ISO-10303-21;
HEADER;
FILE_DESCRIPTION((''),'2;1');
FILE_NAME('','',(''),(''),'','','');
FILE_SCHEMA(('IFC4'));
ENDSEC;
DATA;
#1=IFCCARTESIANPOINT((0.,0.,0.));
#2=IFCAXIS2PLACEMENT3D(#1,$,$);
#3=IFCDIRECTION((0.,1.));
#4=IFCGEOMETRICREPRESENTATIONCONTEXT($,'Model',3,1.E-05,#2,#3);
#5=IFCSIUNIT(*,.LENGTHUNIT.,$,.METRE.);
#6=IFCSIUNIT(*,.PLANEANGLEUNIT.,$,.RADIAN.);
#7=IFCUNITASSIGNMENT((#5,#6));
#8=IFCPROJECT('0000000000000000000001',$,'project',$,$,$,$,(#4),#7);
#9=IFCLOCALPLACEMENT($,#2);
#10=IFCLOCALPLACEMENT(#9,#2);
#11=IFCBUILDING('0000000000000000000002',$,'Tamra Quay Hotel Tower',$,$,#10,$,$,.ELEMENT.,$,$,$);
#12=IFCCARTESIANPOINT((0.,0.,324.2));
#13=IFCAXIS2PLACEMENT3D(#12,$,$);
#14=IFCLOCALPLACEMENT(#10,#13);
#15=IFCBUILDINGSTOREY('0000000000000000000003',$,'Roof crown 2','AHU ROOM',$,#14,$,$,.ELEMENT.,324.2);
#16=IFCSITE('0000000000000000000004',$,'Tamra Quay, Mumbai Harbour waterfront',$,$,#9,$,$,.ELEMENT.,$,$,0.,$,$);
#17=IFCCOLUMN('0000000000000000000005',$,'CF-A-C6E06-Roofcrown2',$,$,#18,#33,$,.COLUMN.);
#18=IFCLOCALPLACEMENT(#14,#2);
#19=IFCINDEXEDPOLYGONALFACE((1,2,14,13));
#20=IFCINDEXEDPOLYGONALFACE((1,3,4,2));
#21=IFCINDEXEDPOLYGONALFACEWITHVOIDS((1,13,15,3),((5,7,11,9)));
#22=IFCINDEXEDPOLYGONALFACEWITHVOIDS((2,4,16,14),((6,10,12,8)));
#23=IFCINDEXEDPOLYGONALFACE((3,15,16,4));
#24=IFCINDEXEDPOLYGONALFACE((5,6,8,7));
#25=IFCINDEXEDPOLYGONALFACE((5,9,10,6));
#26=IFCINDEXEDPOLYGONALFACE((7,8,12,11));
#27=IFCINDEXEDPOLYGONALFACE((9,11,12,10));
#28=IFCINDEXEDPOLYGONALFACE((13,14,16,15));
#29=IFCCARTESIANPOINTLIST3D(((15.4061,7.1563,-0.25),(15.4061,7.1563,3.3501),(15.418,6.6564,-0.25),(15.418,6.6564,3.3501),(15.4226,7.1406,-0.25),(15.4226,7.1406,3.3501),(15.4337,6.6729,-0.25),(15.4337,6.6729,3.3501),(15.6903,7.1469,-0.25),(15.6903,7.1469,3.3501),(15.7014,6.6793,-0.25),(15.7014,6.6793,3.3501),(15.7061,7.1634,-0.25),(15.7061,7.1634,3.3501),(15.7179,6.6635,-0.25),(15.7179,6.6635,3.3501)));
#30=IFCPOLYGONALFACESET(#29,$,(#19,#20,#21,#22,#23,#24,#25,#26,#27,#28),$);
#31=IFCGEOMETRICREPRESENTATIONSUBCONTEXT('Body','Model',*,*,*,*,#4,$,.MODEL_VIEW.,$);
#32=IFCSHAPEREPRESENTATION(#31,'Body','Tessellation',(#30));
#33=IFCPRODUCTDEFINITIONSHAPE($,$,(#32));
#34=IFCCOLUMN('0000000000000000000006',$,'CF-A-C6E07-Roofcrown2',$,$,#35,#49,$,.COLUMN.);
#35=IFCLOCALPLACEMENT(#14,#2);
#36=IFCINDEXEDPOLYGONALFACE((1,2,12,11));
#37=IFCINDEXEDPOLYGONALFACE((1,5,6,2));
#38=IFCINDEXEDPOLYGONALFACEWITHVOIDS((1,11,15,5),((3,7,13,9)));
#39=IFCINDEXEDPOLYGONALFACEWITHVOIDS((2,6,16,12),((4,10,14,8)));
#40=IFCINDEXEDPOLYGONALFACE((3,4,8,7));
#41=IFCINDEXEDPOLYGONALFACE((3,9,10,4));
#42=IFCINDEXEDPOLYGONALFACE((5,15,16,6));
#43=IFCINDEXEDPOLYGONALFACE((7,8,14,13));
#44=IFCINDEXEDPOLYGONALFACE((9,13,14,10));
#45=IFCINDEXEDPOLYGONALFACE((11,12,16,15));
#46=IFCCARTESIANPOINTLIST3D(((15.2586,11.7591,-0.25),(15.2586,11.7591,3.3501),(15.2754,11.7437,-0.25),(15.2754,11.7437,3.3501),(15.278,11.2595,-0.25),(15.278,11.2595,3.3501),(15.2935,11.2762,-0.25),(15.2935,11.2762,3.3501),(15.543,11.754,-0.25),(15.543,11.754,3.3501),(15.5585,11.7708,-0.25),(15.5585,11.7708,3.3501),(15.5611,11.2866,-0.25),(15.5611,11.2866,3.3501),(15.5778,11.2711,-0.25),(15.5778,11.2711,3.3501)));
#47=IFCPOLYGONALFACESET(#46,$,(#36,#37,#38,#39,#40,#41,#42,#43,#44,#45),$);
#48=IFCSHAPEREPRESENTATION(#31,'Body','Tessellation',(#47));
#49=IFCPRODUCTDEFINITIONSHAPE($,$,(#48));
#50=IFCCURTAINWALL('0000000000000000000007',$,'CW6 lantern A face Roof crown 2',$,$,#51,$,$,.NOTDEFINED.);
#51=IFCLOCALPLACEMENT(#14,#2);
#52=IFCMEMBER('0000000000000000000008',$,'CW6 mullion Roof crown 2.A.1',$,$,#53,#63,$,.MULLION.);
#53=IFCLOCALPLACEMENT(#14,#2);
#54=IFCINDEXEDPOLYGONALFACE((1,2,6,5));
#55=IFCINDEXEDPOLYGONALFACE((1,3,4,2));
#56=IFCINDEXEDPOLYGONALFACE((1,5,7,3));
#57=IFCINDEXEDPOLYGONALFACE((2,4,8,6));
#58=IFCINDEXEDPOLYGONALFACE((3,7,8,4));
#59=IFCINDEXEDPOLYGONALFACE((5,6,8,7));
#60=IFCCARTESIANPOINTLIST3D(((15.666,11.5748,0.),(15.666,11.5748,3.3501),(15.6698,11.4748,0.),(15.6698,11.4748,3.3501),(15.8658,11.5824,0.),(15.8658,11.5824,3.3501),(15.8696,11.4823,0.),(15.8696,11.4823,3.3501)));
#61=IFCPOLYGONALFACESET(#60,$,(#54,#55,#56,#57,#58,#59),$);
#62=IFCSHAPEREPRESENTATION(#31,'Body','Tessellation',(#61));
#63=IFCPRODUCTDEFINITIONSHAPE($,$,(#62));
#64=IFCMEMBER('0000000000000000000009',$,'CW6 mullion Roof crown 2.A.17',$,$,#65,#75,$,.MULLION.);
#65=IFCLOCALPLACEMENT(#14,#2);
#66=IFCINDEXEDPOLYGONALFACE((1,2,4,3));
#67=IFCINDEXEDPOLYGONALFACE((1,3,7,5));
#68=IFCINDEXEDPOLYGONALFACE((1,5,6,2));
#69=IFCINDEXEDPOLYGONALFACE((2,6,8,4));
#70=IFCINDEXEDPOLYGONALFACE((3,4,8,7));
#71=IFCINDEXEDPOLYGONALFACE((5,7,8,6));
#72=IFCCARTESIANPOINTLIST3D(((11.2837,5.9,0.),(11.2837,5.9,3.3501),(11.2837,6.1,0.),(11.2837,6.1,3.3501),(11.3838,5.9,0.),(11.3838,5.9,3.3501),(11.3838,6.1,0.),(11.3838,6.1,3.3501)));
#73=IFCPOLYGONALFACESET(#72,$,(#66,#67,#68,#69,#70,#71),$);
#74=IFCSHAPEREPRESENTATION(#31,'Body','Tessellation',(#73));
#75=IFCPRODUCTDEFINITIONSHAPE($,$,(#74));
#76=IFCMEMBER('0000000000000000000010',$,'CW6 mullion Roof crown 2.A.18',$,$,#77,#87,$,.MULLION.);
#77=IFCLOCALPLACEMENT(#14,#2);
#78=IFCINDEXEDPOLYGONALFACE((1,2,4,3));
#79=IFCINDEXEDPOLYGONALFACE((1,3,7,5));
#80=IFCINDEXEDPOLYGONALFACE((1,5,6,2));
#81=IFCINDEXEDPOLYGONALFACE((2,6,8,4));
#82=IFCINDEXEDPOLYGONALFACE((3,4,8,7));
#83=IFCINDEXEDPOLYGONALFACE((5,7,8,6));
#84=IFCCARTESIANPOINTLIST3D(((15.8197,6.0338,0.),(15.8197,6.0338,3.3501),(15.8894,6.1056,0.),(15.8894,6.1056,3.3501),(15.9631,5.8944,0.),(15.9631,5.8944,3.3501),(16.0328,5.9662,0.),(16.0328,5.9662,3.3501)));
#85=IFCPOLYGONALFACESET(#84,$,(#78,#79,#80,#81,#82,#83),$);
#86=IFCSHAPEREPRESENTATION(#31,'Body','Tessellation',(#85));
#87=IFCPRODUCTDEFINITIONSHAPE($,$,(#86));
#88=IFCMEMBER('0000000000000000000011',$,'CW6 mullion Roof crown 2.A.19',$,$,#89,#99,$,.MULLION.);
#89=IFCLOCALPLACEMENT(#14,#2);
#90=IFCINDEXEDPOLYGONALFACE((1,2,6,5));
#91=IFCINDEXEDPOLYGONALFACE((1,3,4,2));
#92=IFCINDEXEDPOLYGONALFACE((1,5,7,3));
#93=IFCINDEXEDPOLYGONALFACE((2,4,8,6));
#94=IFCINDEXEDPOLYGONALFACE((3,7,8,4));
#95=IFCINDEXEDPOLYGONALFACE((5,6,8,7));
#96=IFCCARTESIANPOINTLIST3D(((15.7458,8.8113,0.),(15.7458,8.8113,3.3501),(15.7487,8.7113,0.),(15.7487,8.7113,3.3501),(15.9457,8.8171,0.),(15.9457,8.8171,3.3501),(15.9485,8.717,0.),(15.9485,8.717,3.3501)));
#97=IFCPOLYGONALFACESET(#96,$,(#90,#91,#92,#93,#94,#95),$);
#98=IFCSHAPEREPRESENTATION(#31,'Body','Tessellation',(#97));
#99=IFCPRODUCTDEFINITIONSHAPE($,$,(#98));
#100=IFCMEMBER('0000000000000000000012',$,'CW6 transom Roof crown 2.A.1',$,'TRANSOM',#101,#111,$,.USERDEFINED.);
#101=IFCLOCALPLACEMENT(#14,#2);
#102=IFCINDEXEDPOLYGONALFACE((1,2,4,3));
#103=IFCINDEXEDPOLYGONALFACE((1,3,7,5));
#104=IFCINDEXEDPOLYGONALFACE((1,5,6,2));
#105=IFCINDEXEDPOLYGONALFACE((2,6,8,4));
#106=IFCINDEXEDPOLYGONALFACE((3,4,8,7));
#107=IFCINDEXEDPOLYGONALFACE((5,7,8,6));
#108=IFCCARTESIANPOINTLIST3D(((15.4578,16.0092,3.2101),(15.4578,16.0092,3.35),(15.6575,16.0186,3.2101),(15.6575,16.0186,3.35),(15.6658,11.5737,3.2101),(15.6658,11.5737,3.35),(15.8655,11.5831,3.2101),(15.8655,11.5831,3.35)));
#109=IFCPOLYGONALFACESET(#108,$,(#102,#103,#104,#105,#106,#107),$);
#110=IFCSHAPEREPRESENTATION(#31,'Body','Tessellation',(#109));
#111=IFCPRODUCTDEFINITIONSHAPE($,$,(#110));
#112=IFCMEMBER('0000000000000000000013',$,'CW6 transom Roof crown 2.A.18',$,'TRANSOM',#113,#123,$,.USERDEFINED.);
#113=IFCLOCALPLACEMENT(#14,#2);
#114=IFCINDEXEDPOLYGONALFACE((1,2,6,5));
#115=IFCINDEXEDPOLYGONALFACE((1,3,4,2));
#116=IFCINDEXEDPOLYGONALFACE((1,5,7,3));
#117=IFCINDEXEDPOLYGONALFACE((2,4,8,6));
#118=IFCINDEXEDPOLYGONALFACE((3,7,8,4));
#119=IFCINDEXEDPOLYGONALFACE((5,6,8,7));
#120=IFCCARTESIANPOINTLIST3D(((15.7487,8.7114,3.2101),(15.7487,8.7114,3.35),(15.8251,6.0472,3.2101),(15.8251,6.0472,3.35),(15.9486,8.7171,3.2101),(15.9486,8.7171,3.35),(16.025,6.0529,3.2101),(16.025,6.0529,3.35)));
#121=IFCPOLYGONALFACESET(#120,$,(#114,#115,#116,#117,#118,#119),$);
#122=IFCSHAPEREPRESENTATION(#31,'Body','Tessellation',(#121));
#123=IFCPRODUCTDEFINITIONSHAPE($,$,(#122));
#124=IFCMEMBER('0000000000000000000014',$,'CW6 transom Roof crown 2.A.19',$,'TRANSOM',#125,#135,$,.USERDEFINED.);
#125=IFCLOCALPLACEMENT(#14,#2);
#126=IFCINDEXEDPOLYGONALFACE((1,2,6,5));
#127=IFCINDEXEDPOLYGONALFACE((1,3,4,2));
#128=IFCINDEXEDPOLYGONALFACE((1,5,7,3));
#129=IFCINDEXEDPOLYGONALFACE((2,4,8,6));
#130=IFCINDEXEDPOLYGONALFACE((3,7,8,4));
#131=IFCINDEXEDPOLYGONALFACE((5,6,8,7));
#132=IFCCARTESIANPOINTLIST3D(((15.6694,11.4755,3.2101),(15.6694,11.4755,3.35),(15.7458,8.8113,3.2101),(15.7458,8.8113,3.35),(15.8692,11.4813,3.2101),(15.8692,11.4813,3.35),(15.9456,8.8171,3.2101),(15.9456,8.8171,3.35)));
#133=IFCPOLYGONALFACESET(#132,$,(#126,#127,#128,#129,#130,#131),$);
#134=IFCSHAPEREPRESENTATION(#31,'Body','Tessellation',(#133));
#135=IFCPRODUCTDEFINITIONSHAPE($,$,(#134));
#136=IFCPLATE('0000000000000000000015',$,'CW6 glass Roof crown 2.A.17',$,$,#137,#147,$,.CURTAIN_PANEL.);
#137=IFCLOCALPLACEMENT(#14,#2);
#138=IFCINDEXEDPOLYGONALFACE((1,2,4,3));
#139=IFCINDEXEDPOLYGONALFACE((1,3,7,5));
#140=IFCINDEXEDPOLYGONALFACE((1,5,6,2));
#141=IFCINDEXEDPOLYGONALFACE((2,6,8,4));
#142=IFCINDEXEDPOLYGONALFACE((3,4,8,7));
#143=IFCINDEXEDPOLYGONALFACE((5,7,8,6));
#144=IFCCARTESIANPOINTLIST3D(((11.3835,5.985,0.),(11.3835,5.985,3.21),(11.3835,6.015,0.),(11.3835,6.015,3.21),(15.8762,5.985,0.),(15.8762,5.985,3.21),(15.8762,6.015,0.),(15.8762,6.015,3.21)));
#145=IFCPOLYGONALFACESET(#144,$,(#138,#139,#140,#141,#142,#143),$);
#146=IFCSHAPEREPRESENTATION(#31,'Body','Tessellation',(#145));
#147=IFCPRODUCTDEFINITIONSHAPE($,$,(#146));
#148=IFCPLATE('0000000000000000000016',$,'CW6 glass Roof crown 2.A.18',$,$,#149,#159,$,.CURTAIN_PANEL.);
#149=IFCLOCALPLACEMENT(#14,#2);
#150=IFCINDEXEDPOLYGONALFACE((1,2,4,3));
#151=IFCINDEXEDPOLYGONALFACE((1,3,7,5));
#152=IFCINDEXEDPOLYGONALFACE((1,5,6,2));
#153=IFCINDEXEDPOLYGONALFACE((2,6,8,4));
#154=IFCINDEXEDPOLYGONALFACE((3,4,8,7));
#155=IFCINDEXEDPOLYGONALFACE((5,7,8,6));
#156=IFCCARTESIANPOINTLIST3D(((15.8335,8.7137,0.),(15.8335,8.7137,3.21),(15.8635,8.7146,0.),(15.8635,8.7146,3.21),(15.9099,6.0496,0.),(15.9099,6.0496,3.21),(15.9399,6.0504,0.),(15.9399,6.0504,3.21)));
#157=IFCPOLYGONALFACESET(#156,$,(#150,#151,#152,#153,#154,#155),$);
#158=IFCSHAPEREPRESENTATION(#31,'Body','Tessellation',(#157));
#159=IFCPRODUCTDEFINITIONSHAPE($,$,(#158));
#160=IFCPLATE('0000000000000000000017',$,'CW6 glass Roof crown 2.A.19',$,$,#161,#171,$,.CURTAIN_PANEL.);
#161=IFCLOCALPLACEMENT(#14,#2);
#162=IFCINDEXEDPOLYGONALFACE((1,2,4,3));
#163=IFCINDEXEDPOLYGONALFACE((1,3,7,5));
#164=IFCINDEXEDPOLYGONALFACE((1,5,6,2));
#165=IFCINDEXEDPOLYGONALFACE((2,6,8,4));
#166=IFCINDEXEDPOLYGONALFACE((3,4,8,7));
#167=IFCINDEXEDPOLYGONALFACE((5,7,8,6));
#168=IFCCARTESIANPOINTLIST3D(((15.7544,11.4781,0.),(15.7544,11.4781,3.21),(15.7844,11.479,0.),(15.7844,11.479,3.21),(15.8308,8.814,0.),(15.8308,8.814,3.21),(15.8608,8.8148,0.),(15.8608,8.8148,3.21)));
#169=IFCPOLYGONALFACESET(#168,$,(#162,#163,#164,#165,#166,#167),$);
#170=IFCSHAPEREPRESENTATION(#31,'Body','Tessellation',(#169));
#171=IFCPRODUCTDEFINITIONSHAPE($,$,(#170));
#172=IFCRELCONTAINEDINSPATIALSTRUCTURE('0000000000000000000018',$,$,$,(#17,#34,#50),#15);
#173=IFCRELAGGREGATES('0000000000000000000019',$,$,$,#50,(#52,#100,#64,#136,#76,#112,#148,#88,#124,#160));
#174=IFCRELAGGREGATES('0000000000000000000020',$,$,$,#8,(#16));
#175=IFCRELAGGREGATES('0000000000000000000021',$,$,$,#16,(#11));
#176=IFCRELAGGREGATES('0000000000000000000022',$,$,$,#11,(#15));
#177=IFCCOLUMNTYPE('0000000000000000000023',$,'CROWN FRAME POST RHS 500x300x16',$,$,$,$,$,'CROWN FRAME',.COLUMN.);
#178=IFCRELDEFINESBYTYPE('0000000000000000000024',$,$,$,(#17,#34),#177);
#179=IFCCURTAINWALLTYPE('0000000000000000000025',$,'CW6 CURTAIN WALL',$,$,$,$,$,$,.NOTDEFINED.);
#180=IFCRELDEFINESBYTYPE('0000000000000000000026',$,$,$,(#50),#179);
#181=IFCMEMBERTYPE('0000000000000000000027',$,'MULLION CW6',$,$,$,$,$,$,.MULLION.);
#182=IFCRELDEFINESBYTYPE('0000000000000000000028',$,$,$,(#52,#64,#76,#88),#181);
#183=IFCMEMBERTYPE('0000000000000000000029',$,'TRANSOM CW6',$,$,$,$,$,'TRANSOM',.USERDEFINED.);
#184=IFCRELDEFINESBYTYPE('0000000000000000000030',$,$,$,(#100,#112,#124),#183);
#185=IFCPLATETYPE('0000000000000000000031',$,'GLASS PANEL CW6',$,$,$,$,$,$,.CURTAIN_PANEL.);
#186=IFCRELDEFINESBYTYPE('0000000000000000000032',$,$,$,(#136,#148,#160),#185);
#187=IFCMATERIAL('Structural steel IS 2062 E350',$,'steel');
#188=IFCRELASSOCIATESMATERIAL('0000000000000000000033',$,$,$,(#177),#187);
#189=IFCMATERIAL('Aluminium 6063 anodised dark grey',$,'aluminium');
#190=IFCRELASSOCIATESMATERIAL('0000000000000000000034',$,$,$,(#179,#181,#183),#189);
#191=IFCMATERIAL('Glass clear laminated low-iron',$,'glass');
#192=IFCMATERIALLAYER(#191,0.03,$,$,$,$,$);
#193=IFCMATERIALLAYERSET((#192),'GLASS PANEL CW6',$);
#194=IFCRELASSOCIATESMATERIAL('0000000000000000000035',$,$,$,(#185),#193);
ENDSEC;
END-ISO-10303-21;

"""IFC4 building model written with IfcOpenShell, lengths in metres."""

from ifc_helpers import new_model, si_unit, direction, frame, origin, origin_2d, place, context, subcontext, project, spatial, rectangle, hollow_rectangle, extrude, material, layer, layer_set, material_profile, profile_set, type_object, element, aggregate, save


model = new_model("IFC4")

# Units and contexts
model_context = context("Model", 3, precision=1e-05, world=origin(), true_north=direction((0.0, 1.0)))
body_context = subcontext(model_context, "Body", "Model", "MODEL_VIEW")
ifc_project = project(units=[si_unit("LENGTHUNIT", "METRE"), si_unit("PLANEANGLEUNIT", "RADIAN")], contexts=[model_context])

# Site, building, storey
site_placement = place(None, origin())
site = spatial("IfcSite", under=ifc_project, at=site_placement, Name="Tamra Quay, Mumbai Harbour waterfront", CompositionType="ELEMENT", RefElevation=0.0)
building_placement = place(site_placement, origin())
building = spatial("IfcBuilding", under=site, at=building_placement, Name="Tamra Quay Hotel Tower", CompositionType="ELEMENT")
storey_placement = place(building_placement, frame((0.0, 0.0, 324.2)))
storey = spatial("IfcBuildingStorey", under=building, at=storey_placement, Name="Roof crown 2", Description="AHU ROOM", CompositionType="ELEMENT", Elevation=324.2)

# Columns
ifc_material_1 = material(Name="Structural steel IS 2062 E350", Category="steel")
ifc_material_profile_1 = material_profile(ifc_material_1, hollow_rectangle(XDim=0.3, YDim=0.5, WallThickness=0.0161, at=origin_2d()), Name="RHS 500x300x16")
ifc_profile_set_1 = profile_set([ifc_material_profile_1], Name="Structural steel IS 2062 E350")
column_type = type_object("IfcColumnType", Name="CROWN FRAME POST RHS 500x300x16", ElementType="CROWN FRAME", PredefinedType="COLUMN", material=ifc_profile_set_1)
for number, where, z_axis, x_axis, name in (
    (1, (15.562, 6.9099, -0.25), (0.0, 0.0, 1.0), (0.999718, 0.023753, 0.0), "CF-A-C6E06-Roofcrown2"),
    (2, (15.4182, 11.5151, -0.25), (0.0, 0.0, 1.0), (0.999251, 0.038691, 0.0), "CF-A-C6E07-Roofcrown2"),
):
    element("IfcColumn", number, at=place(storey_placement, frame(where, z_axis=z_axis, x_axis=x_axis)), inside=storey, type_object=column_type, Name=name, PredefinedType="COLUMN", context=body_context, shape_type="SweptSolid", body=[
        extrude(hollow_rectangle(XDim=0.3, YDim=0.5, WallThickness=0.0161, at=origin_2d()), origin(), (0.0, 0.0, 1.0), 3.6001),
    ])

# Curtain wall, members, plates
ifc_material_2 = material(Name="Aluminium 6063 anodised dark grey", Category="aluminium")
curtain_wall_type = type_object("IfcCurtainWallType", Name="CW6 CURTAIN WALL", PredefinedType="NOTDEFINED", material=ifc_material_2)
curtain_wall_placement = place(storey_placement, origin())
curtain_wall = element("IfcCurtainWall", 3, at=curtain_wall_placement, inside=storey, type_object=curtain_wall_type, Name="CW6 lantern A face Roof crown 2", PredefinedType="NOTDEFINED")
ifc_material_profile_2 = material_profile(ifc_material_2, rectangle(XDim=0.2, YDim=0.1001, at=origin_2d()), Name="MULLION 100X200")
ifc_profile_set_2 = profile_set([ifc_material_profile_2], Name="Aluminium 6063 anodised dark grey")
member_type_1 = type_object("IfcMemberType", Name="MULLION CW6", PredefinedType="MULLION", material=ifc_profile_set_2)
member_1_placement = place(storey_placement, frame((15.7678, 11.5286, 0.0), z_axis=(0.0, 0.0, 1.0), x_axis=(0.999288, 0.037737, 0.0)))
member_1 = element("IfcMember", 4, at=member_1_placement, type_object=member_type_1, Name="CW6 mullion Roof crown 2.A.1", PredefinedType="MULLION", context=body_context, shape_type="SweptSolid", body=[
    extrude(rectangle(XDim=0.2, YDim=0.1001, at=origin_2d()), origin(), (0.0, 0.0, 1.0), 3.3501),
])
member_2_placement = place(storey_placement, frame((11.3337, 6.0, 0.0), z_axis=(0.0, 0.0, 1.0), x_axis=(0.0, -1.0, 0.0)))
member_2 = element("IfcMember", 5, at=member_2_placement, type_object=member_type_1, Name="CW6 mullion Roof crown 2.A.17", PredefinedType="MULLION", context=body_context, shape_type="SweptSolid", body=[
    extrude(rectangle(XDim=0.2, YDim=0.1001, at=origin_2d()), origin(), (0.0, 0.0, 1.0), 3.3501),
])
member_3_placement = place(storey_placement, frame((15.9263, 6.0, 0.0), z_axis=(0.0, 0.0, 1.0), x_axis=(0.717164, -0.696904, 0.0)))
member_3 = element("IfcMember", 6, at=member_3_placement, type_object=member_type_1, Name="CW6 mullion Roof crown 2.A.18", PredefinedType="MULLION", context=body_context, shape_type="SweptSolid", body=[
    extrude(rectangle(XDim=0.2, YDim=0.1001, at=origin_2d()), origin(), (0.0, 0.0, 1.0), 3.3501),
])
member_4_placement = place(storey_placement, frame((15.8472, 8.7642, 0.0), z_axis=(0.0, 0.0, 1.0), x_axis=(0.99959, 0.02865, 0.0)))
member_4 = element("IfcMember", 7, at=member_4_placement, type_object=member_type_1, Name="CW6 mullion Roof crown 2.A.19", PredefinedType="MULLION", context=body_context, shape_type="SweptSolid", body=[
    extrude(rectangle(XDim=0.2, YDim=0.1001, at=origin_2d()), origin(), (0.0, 0.0, 1.0), 3.3501),
])
ifc_material_profile_3 = material_profile(ifc_material_2, rectangle(XDim=0.2, YDim=0.1399, at=origin_2d()), Name="TRANSOM 200X140")
ifc_profile_set_3 = profile_set([ifc_material_profile_3], Name="Aluminium 6063 anodised dark grey")
member_type_2 = type_object("IfcMemberType", Name="TRANSOM CW6", ElementType="TRANSOM", PredefinedType="USERDEFINED", material=ifc_profile_set_3)
member_5_placement = place(storey_placement, frame((15.7656, 11.5784, 3.28), z_axis=(-0.046844, 0.998902, 0.0), x_axis=(-0.998902, -0.046844, 0.0)))
member_5 = element("IfcMember", 8, at=member_5_placement, type_object=member_type_2, Name="CW6 transom Roof crown 2.A.1", ObjectType="TRANSOM", PredefinedType="USERDEFINED", context=body_context, shape_type="SweptSolid", body=[
    extrude(rectangle(XDim=0.2, YDim=0.1399, at=origin_2d()), origin(), (0.0, 0.0, 1.0), 4.4404),
])
member_6_placement = place(storey_placement, frame((15.925, 6.05, 3.28), z_axis=(-0.02867, 0.999589, 0.0), x_axis=(-0.999589, -0.02867, 0.0)))
member_6 = element("IfcMember", 9, at=member_6_placement, type_object=member_type_2, Name="CW6 transom Roof crown 2.A.18", ObjectType="TRANSOM", PredefinedType="USERDEFINED", context=body_context, shape_type="SweptSolid", body=[
    extrude(rectangle(XDim=0.2, YDim=0.1399, at=origin_2d()), origin(), (0.0, 0.0, 1.0), 2.6653),
])
member_7_placement = place(storey_placement, frame((15.8457, 8.8142, 3.28), z_axis=(-0.02867, 0.999589, 0.0), x_axis=(-0.999589, -0.02867, 0.0)))
member_7 = element("IfcMember", 10, at=member_7_placement, type_object=member_type_2, Name="CW6 transom Roof crown 2.A.19", ObjectType="TRANSOM", PredefinedType="USERDEFINED", context=body_context, shape_type="SweptSolid", body=[
    extrude(rectangle(XDim=0.2, YDim=0.1399, at=origin_2d()), origin(), (0.0, 0.0, 1.0), 2.6653),
])
ifc_material_3 = material(Name="Glass clear laminated low-iron", Category="glass")
ifc_layer_1 = layer(ifc_material_3, 0.03)
ifc_layer_set_1 = layer_set([ifc_layer_1], Name="GLASS PANEL CW6")
plate_type = type_object("IfcPlateType", Name="GLASS PANEL CW6", PredefinedType="CURTAIN_PANEL", material=ifc_layer_set_1)
plate_1_placement = place(storey_placement, frame((13.6299, 6.0, 0.0), z_axis=(0.0, 0.0, 1.0), x_axis=(1.0, 0.0, 0.0)))
plate_1 = element("IfcPlate", 11, at=plate_1_placement, type_object=plate_type, Name="CW6 glass Roof crown 2.A.17", PredefinedType="CURTAIN_PANEL", context=body_context, shape_type="SweptSolid", body=[
    extrude(rectangle(XDim=4.4927, YDim=0.03, at=origin_2d()), origin(), (0.0, 0.0, 1.0), 3.21),
])
plate_2_placement = place(storey_placement, frame((15.8867, 7.3821, 0.0), z_axis=(0.0, 0.0, 1.0), x_axis=(-0.02865, 0.99959, 0.0)))
plate_2 = element("IfcPlate", 12, at=plate_2_placement, type_object=plate_type, Name="CW6 glass Roof crown 2.A.18", PredefinedType="CURTAIN_PANEL", context=body_context, shape_type="SweptSolid", body=[
    extrude(rectangle(XDim=2.6653, YDim=0.03, at=origin_2d()), origin(), (0.0, 0.0, 1.0), 3.21),
])
plate_3_placement = place(storey_placement, frame((15.8076, 10.1465, 0.0), z_axis=(0.0, 0.0, 1.0), x_axis=(-0.02865, 0.99959, 0.0)))
plate_3 = element("IfcPlate", 13, at=plate_3_placement, type_object=plate_type, Name="CW6 glass Roof crown 2.A.19", PredefinedType="CURTAIN_PANEL", context=body_context, shape_type="SweptSolid", body=[
    extrude(rectangle(XDim=2.6653, YDim=0.03, at=origin_2d()), origin(), (0.0, 0.0, 1.0), 3.21),
])
aggregate(curtain_wall, [member_1, member_5, member_2, plate_1, member_3, member_6, plate_2, member_4, member_7, plate_3])

save(model, "model.ifc")
